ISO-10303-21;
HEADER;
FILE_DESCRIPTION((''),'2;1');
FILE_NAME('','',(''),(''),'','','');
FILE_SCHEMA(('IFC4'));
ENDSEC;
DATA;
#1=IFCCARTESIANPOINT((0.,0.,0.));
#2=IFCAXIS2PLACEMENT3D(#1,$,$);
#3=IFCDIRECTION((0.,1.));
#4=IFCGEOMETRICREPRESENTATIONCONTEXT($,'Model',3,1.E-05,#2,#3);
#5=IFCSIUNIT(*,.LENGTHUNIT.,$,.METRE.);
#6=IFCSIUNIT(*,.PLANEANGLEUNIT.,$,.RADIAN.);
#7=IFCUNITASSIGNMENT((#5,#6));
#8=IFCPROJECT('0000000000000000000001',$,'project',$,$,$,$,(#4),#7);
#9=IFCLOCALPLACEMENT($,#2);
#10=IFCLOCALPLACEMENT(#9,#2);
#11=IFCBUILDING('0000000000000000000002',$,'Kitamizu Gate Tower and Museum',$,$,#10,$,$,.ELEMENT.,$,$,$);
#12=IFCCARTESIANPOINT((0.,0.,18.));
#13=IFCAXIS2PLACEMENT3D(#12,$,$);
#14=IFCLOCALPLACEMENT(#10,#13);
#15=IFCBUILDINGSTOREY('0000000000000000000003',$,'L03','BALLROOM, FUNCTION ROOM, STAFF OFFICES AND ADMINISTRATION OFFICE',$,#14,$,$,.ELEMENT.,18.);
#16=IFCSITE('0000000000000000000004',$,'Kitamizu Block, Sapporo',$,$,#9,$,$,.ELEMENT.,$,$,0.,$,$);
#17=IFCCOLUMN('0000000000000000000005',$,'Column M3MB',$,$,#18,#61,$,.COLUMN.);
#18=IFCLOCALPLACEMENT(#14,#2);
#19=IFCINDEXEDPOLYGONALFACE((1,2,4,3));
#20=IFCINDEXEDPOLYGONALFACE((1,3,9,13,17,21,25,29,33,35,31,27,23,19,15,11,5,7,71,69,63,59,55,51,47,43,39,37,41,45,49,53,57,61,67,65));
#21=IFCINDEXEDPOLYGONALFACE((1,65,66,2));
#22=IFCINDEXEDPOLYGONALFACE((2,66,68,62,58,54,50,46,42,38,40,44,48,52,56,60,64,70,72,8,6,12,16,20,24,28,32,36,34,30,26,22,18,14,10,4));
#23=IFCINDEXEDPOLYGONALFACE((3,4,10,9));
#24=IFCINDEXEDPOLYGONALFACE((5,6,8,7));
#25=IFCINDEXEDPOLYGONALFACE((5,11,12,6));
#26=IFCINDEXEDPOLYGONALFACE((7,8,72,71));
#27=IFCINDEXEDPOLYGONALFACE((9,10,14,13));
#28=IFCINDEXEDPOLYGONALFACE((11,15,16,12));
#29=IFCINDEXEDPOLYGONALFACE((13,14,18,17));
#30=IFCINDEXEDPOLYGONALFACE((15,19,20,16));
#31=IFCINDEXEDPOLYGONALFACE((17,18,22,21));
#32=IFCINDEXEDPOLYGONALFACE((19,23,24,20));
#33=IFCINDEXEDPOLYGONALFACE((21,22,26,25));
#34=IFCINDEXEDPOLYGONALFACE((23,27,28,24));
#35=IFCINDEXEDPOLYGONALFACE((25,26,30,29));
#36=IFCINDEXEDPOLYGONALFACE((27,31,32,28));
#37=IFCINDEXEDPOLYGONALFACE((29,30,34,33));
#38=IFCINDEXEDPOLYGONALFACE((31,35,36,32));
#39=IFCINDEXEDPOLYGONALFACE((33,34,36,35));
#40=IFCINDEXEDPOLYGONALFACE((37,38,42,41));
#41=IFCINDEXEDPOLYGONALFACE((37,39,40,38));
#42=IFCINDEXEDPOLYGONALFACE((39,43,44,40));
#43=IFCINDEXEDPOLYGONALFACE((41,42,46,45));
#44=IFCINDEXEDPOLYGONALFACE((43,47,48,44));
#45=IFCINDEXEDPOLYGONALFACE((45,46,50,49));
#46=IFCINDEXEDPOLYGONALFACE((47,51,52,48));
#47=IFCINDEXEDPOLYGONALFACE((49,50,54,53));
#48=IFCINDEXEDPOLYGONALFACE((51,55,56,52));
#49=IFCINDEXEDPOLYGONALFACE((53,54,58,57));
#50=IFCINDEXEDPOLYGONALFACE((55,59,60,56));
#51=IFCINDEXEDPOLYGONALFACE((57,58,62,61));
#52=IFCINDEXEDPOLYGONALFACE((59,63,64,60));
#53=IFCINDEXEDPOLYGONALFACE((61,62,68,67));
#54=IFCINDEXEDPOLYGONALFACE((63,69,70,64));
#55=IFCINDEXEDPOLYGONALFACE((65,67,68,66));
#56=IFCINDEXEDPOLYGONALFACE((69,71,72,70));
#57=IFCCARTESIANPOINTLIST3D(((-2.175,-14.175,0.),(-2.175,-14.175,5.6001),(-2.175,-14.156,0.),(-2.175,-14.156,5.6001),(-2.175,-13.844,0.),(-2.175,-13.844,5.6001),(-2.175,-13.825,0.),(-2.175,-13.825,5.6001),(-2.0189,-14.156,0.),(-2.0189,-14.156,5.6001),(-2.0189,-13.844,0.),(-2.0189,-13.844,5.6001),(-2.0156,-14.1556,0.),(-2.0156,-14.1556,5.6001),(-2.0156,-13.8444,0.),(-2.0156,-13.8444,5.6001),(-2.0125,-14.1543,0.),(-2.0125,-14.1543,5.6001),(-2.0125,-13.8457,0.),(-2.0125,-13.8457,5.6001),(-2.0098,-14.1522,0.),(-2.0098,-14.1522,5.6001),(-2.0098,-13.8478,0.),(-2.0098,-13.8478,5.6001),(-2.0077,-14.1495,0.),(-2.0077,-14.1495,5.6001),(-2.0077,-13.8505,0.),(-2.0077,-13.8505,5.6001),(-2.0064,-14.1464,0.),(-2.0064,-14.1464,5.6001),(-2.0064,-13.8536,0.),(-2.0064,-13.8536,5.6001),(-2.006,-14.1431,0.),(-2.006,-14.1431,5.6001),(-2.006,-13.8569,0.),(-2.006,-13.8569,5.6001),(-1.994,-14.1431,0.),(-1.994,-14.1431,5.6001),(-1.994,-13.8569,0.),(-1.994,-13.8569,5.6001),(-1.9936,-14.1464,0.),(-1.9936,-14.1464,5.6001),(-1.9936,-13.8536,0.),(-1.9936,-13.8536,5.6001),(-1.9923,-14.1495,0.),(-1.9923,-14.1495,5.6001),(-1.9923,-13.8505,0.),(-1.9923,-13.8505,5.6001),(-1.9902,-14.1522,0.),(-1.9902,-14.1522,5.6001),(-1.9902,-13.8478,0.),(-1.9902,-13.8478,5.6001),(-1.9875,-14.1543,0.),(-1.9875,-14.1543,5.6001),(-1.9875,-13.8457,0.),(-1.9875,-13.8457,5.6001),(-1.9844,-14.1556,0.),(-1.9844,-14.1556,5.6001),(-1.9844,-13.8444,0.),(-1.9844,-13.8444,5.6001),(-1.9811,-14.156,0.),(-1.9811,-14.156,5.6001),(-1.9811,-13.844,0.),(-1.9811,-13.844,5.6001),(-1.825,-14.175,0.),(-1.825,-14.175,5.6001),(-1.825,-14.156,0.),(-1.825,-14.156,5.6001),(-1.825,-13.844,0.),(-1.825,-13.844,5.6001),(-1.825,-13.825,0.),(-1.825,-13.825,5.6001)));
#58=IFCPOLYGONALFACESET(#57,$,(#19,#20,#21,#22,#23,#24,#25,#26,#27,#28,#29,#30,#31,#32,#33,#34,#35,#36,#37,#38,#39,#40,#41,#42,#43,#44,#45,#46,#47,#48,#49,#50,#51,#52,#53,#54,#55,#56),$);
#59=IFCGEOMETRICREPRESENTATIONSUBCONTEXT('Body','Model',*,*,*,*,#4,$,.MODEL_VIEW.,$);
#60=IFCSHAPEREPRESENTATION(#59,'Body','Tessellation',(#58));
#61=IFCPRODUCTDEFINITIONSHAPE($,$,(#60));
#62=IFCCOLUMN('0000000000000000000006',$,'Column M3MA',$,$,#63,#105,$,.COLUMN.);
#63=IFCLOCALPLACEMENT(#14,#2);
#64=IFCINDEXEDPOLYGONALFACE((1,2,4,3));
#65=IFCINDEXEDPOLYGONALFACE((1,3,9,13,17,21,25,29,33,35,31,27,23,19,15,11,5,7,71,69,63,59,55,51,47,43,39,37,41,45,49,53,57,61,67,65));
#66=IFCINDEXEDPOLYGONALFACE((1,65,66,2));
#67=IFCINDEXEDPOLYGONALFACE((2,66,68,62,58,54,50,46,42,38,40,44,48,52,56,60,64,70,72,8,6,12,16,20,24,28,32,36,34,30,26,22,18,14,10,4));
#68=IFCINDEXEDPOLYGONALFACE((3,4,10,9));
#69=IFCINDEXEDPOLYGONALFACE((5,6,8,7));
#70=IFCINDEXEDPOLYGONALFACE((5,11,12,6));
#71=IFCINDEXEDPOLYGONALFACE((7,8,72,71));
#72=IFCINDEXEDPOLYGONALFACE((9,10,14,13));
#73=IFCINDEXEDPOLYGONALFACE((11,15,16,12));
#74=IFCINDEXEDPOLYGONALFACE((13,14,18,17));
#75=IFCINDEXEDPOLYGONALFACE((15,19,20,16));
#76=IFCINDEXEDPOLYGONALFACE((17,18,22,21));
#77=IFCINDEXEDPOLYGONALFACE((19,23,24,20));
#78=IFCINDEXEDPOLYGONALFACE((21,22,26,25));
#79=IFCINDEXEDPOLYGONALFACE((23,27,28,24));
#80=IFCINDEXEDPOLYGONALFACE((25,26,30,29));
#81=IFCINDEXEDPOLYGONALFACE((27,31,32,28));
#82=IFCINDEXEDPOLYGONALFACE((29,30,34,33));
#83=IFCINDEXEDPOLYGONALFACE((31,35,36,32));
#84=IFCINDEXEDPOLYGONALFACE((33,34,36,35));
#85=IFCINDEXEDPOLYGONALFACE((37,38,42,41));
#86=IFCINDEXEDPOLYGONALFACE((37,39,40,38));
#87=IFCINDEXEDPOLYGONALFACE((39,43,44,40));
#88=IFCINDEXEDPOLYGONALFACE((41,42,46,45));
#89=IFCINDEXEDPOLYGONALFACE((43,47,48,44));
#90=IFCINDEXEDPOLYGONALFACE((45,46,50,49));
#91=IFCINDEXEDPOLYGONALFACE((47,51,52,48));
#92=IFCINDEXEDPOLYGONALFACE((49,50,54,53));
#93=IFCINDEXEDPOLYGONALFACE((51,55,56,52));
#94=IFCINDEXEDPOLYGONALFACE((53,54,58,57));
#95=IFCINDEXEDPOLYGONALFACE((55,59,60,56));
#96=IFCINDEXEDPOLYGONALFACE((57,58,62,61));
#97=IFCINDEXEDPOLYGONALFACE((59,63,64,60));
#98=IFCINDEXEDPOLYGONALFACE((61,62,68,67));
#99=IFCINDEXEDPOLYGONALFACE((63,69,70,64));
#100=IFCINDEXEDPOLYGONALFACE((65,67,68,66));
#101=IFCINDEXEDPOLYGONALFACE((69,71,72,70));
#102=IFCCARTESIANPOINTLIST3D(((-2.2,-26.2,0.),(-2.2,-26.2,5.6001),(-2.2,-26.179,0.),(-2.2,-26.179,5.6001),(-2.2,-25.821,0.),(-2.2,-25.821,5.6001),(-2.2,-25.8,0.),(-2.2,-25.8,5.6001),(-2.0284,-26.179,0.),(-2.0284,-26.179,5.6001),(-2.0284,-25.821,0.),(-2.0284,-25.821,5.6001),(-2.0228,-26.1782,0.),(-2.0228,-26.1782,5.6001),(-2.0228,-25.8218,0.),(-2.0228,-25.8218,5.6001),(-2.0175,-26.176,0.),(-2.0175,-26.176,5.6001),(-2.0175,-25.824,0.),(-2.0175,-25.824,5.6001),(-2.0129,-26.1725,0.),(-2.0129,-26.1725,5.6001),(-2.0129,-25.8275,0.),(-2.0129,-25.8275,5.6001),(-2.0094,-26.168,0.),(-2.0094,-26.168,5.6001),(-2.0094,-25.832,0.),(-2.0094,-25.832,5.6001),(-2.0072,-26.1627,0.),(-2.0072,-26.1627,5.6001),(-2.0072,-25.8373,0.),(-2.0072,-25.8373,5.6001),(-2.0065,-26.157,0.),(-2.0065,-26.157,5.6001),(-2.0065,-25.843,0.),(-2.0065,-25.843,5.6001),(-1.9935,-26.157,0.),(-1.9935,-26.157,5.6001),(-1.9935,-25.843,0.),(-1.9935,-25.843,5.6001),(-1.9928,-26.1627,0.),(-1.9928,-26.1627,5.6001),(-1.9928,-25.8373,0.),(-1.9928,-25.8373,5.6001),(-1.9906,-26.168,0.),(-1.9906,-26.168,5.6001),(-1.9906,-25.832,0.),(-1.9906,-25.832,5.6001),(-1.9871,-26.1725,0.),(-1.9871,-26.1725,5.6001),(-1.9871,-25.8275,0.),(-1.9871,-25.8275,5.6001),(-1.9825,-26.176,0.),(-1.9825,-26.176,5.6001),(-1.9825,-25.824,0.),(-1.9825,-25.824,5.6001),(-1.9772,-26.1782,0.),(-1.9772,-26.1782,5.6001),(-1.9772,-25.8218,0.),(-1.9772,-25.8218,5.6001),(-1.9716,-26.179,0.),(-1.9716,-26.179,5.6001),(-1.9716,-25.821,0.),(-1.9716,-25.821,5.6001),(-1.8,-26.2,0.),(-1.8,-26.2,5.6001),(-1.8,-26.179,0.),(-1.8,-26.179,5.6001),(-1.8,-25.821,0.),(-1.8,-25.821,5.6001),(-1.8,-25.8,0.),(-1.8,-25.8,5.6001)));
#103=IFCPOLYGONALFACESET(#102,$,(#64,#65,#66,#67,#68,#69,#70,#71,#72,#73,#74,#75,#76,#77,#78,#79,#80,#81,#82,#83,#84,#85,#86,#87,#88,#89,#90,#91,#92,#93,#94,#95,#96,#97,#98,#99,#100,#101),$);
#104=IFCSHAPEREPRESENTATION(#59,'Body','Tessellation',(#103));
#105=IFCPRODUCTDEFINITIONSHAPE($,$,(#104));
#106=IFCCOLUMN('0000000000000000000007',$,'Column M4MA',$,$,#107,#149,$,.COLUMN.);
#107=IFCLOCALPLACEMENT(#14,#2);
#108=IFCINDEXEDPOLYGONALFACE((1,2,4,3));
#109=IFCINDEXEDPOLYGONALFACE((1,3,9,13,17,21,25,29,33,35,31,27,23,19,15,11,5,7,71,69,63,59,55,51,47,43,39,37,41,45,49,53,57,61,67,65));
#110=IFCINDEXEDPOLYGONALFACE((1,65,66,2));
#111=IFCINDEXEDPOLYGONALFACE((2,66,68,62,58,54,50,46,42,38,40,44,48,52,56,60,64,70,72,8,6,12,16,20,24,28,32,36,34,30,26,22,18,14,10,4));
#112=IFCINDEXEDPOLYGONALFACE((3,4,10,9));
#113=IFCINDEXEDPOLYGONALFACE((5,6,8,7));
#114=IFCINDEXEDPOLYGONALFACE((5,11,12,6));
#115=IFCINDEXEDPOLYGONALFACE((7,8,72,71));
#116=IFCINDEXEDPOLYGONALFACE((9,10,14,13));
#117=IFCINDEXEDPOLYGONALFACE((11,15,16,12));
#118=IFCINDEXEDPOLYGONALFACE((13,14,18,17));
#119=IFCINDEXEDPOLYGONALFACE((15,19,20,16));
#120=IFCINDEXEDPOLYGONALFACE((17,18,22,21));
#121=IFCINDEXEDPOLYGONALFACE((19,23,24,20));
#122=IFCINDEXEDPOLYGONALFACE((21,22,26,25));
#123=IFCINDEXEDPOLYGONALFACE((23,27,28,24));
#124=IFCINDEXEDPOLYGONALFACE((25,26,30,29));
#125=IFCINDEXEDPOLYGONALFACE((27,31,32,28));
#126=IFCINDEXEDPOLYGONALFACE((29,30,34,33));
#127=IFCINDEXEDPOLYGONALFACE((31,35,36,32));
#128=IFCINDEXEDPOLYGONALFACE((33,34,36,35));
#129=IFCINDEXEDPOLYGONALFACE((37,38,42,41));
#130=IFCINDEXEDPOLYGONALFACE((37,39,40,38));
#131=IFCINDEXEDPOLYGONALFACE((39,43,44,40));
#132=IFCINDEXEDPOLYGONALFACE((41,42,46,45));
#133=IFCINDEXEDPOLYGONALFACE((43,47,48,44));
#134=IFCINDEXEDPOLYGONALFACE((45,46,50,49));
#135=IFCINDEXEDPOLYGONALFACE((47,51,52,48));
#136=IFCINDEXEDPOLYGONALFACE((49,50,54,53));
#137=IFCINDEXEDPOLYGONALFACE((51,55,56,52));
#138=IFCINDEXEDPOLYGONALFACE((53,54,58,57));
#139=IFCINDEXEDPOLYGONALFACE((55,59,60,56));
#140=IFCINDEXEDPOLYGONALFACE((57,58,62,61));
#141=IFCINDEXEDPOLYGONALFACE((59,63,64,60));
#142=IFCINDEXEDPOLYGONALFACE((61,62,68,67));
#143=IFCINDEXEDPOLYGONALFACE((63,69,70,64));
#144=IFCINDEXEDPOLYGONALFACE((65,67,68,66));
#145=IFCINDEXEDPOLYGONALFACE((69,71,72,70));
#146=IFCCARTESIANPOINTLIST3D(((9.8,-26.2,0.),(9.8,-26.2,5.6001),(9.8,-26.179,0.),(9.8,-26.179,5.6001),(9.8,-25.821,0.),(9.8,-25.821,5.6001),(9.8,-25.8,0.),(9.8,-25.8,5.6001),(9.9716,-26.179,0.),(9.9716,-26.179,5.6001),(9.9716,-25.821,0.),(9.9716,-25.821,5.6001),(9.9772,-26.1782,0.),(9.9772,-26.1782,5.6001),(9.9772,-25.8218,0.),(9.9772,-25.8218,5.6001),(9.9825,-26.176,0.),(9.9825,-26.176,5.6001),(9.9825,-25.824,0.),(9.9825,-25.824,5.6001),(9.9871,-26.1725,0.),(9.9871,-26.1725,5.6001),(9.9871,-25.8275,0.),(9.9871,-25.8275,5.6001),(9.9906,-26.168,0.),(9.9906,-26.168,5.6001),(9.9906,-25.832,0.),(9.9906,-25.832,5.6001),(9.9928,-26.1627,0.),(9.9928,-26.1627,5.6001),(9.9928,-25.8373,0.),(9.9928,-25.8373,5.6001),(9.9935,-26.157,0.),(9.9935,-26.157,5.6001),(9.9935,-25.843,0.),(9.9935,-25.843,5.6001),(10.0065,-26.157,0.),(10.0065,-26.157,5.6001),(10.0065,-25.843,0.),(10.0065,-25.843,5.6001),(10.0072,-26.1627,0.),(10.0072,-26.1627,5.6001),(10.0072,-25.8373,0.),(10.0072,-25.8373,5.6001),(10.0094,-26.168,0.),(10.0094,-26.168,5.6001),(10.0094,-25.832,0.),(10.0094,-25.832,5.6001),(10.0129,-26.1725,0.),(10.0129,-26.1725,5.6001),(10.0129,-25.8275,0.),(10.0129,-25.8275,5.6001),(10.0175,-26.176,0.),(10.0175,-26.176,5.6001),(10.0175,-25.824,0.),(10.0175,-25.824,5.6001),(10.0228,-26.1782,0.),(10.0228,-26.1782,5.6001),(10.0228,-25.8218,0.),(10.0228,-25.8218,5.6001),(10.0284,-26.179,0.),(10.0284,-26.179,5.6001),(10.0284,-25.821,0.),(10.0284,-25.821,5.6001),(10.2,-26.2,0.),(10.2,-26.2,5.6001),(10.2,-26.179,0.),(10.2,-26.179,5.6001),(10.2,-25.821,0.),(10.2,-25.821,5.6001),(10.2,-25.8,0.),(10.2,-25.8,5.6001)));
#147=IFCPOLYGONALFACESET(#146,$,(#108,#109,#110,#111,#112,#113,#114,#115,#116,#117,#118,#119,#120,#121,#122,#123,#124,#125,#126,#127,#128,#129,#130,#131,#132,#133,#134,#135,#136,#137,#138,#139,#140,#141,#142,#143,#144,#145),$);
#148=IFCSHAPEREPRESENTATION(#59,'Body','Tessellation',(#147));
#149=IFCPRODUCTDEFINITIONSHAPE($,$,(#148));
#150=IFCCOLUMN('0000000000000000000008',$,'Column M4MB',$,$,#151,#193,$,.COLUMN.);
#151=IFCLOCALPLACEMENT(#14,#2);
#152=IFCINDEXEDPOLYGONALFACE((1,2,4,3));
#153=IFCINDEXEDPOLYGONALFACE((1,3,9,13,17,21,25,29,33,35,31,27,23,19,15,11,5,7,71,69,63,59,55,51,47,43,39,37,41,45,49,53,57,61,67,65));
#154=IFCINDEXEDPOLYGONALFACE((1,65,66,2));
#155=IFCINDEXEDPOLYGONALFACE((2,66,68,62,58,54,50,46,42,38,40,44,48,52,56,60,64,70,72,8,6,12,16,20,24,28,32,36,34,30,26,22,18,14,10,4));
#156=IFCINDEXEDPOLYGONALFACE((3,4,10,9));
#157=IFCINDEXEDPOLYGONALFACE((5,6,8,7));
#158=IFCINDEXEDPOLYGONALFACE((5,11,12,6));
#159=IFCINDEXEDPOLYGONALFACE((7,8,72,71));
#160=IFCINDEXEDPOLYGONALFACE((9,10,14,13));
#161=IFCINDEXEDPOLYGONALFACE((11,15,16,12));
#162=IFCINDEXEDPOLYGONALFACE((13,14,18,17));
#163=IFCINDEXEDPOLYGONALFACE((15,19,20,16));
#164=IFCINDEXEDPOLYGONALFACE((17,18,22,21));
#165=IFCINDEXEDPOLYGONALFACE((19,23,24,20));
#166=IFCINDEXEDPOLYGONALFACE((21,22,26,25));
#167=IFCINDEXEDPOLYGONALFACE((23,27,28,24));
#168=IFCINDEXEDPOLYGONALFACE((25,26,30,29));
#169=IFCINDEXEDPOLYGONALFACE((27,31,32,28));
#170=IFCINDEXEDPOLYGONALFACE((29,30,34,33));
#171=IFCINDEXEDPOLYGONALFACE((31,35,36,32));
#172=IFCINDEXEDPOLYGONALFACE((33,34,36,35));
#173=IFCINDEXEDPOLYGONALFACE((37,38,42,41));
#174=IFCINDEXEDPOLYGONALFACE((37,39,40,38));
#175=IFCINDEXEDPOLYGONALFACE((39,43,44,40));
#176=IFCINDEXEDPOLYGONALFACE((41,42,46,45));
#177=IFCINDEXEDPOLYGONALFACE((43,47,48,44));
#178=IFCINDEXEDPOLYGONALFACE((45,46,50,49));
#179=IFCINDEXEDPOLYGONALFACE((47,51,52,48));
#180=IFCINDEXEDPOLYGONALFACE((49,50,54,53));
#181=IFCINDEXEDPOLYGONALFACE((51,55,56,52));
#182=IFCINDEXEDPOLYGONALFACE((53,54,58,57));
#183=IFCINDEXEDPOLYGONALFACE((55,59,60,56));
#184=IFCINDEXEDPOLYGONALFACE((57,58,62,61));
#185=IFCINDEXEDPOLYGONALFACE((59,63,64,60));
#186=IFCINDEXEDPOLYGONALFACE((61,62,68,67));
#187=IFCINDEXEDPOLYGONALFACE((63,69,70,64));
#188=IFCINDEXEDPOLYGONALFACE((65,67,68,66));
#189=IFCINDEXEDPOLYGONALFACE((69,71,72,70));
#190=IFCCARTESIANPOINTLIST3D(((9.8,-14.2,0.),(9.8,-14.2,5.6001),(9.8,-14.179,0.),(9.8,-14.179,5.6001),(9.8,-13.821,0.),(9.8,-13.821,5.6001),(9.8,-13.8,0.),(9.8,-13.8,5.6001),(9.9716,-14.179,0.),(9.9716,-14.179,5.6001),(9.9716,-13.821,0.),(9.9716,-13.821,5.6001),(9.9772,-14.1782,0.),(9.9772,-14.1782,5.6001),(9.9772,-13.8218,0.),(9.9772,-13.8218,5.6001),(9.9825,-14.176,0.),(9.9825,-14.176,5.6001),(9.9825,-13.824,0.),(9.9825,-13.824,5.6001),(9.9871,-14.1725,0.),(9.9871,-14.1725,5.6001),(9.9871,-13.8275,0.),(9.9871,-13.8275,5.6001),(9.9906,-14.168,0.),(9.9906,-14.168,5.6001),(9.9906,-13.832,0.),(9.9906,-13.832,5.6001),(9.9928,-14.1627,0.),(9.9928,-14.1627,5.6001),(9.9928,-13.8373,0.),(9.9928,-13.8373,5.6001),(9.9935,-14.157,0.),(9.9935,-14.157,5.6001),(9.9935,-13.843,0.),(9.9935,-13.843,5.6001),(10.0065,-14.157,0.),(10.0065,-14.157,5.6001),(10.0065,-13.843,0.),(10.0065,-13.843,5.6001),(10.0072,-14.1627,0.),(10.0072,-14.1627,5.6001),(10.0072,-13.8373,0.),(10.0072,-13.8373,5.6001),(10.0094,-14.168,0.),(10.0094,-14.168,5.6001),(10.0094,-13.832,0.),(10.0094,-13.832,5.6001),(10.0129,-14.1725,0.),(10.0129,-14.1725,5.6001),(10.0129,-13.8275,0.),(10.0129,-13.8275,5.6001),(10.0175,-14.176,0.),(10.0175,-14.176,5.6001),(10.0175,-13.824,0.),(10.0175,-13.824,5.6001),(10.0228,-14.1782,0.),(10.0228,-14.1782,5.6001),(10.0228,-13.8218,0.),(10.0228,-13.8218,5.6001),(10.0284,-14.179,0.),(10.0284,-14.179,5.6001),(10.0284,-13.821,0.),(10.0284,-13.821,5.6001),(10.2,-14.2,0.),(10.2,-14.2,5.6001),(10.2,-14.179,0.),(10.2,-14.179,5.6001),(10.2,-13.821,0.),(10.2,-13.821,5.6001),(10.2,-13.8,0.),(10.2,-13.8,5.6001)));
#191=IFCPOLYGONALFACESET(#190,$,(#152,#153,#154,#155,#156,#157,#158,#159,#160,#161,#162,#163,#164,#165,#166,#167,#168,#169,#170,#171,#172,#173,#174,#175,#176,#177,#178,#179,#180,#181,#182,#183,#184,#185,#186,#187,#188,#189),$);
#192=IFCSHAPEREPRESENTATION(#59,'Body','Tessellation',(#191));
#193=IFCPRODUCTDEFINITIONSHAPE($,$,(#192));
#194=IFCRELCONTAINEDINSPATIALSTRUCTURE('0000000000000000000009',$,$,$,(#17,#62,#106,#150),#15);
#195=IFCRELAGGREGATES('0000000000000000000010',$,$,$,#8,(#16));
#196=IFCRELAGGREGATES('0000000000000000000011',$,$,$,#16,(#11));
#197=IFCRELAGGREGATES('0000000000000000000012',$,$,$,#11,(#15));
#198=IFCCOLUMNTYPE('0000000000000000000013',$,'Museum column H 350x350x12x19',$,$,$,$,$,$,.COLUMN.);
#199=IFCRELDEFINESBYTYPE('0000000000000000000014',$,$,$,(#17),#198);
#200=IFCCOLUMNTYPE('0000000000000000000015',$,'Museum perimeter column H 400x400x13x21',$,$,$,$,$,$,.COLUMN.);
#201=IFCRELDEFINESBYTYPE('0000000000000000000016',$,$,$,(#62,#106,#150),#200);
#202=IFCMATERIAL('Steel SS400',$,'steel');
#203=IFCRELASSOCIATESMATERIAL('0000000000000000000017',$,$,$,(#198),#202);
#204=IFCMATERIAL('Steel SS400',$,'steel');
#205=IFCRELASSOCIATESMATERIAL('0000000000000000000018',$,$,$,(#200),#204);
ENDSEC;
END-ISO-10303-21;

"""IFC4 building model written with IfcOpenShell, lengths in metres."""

from ifc_helpers import new_model, si_unit, direction, frame, origin, origin_2d, place, context, subcontext, project, spatial, i_section, extrude, material, material_profile, profile_set, type_object, element, save


model = new_model("IFC4")

# Units and contexts
model_context = context("Model", 3, precision=1e-05, world=origin(), true_north=direction((0.0, 1.0)))
body_context = subcontext(model_context, "Body", "Model", "MODEL_VIEW")
ifc_project = project(units=[si_unit("LENGTHUNIT", "METRE"), si_unit("PLANEANGLEUNIT", "RADIAN")], contexts=[model_context])

# Site, building, storey
site_placement = place(None, origin())
site = spatial("IfcSite", under=ifc_project, at=site_placement, Name="Kitamizu Block, Sapporo", CompositionType="ELEMENT", RefElevation=0.0)
building_placement = place(site_placement, origin())
building = spatial("IfcBuilding", under=site, at=building_placement, Name="Kitamizu Gate Tower and Museum", CompositionType="ELEMENT")
storey_placement = place(building_placement, frame((0.0, 0.0, 18.0)))
storey = spatial("IfcBuildingStorey", under=building, at=storey_placement, Name="L03", Description="BALLROOM, FUNCTION ROOM, STAFF OFFICES AND ADMINISTRATION OFFICE", CompositionType="ELEMENT", Elevation=18.0)

# Columns
ifc_material_1 = material(Name="Steel SS400", Category="steel")
ifc_material_profile_1 = material_profile(ifc_material_1, i_section(OverallWidth=0.3501, OverallDepth=0.3501, WebThickness=0.012, FlangeThickness=0.019, FilletRadius=0.0129, at=origin_2d()), Name="H-350x350x12x19")
ifc_profile_set_1 = profile_set([ifc_material_profile_1], Name="Steel SS400")
column_type_1 = type_object("IfcColumnType", Name="Museum column H 350x350x12x19", PredefinedType="COLUMN", material=ifc_profile_set_1)
column_placement = place(storey_placement, frame((-2.0, -14.0, 0.0), z_axis=(0.0, 0.0, 1.0), x_axis=(1.0, 0.0, 0.0)))
element("IfcColumn", 1, at=column_placement, inside=storey, type_object=column_type_1, Name="Column M3MB", PredefinedType="COLUMN", context=body_context, shape_type="SweptSolid", body=[
    extrude(i_section(OverallWidth=0.3501, OverallDepth=0.3501, WebThickness=0.012, FlangeThickness=0.019, FilletRadius=0.0129, at=origin_2d()), origin(), (0.0, 0.0, 1.0), 5.6001),
])
ifc_material_2 = material(Name="Steel SS400", Category="steel")
ifc_material_profile_2 = material_profile(ifc_material_2, i_section(OverallWidth=0.3999, OverallDepth=0.3999, WebThickness=0.0129, FlangeThickness=0.021, FilletRadius=0.022, at=origin_2d()), Name="H-400x400x13x21")
ifc_profile_set_2 = profile_set([ifc_material_profile_2], Name="Steel SS400")
column_type_2 = type_object("IfcColumnType", Name="Museum perimeter column H 400x400x13x21", PredefinedType="COLUMN", material=ifc_profile_set_2)
for number, where, z_axis, x_axis, name in (
    (2, (-2.0, -26.0, 0.0), (0.0, 0.0, 1.0), (1.0, 0.0, 0.0), "Column M3MA"),
    (3, (10.0, -26.0, 0.0), (0.0, 0.0, 1.0), (1.0, 0.0, 0.0), "Column M4MA"),
    (4, (10.0, -14.0, 0.0), (0.0, 0.0, 1.0), (1.0, 0.0, 0.0), "Column M4MB"),
):
    element("IfcColumn", number, at=place(storey_placement, frame(where, z_axis=z_axis, x_axis=x_axis)), inside=storey, type_object=column_type_2, Name=name, PredefinedType="COLUMN", context=body_context, shape_type="SweptSolid", body=[
        extrude(i_section(OverallWidth=0.3999, OverallDepth=0.3999, WebThickness=0.0129, FlangeThickness=0.021, FilletRadius=0.022, at=origin_2d()), origin(), (0.0, 0.0, 1.0), 5.6001),
    ])

save(model, "model.ifc")
